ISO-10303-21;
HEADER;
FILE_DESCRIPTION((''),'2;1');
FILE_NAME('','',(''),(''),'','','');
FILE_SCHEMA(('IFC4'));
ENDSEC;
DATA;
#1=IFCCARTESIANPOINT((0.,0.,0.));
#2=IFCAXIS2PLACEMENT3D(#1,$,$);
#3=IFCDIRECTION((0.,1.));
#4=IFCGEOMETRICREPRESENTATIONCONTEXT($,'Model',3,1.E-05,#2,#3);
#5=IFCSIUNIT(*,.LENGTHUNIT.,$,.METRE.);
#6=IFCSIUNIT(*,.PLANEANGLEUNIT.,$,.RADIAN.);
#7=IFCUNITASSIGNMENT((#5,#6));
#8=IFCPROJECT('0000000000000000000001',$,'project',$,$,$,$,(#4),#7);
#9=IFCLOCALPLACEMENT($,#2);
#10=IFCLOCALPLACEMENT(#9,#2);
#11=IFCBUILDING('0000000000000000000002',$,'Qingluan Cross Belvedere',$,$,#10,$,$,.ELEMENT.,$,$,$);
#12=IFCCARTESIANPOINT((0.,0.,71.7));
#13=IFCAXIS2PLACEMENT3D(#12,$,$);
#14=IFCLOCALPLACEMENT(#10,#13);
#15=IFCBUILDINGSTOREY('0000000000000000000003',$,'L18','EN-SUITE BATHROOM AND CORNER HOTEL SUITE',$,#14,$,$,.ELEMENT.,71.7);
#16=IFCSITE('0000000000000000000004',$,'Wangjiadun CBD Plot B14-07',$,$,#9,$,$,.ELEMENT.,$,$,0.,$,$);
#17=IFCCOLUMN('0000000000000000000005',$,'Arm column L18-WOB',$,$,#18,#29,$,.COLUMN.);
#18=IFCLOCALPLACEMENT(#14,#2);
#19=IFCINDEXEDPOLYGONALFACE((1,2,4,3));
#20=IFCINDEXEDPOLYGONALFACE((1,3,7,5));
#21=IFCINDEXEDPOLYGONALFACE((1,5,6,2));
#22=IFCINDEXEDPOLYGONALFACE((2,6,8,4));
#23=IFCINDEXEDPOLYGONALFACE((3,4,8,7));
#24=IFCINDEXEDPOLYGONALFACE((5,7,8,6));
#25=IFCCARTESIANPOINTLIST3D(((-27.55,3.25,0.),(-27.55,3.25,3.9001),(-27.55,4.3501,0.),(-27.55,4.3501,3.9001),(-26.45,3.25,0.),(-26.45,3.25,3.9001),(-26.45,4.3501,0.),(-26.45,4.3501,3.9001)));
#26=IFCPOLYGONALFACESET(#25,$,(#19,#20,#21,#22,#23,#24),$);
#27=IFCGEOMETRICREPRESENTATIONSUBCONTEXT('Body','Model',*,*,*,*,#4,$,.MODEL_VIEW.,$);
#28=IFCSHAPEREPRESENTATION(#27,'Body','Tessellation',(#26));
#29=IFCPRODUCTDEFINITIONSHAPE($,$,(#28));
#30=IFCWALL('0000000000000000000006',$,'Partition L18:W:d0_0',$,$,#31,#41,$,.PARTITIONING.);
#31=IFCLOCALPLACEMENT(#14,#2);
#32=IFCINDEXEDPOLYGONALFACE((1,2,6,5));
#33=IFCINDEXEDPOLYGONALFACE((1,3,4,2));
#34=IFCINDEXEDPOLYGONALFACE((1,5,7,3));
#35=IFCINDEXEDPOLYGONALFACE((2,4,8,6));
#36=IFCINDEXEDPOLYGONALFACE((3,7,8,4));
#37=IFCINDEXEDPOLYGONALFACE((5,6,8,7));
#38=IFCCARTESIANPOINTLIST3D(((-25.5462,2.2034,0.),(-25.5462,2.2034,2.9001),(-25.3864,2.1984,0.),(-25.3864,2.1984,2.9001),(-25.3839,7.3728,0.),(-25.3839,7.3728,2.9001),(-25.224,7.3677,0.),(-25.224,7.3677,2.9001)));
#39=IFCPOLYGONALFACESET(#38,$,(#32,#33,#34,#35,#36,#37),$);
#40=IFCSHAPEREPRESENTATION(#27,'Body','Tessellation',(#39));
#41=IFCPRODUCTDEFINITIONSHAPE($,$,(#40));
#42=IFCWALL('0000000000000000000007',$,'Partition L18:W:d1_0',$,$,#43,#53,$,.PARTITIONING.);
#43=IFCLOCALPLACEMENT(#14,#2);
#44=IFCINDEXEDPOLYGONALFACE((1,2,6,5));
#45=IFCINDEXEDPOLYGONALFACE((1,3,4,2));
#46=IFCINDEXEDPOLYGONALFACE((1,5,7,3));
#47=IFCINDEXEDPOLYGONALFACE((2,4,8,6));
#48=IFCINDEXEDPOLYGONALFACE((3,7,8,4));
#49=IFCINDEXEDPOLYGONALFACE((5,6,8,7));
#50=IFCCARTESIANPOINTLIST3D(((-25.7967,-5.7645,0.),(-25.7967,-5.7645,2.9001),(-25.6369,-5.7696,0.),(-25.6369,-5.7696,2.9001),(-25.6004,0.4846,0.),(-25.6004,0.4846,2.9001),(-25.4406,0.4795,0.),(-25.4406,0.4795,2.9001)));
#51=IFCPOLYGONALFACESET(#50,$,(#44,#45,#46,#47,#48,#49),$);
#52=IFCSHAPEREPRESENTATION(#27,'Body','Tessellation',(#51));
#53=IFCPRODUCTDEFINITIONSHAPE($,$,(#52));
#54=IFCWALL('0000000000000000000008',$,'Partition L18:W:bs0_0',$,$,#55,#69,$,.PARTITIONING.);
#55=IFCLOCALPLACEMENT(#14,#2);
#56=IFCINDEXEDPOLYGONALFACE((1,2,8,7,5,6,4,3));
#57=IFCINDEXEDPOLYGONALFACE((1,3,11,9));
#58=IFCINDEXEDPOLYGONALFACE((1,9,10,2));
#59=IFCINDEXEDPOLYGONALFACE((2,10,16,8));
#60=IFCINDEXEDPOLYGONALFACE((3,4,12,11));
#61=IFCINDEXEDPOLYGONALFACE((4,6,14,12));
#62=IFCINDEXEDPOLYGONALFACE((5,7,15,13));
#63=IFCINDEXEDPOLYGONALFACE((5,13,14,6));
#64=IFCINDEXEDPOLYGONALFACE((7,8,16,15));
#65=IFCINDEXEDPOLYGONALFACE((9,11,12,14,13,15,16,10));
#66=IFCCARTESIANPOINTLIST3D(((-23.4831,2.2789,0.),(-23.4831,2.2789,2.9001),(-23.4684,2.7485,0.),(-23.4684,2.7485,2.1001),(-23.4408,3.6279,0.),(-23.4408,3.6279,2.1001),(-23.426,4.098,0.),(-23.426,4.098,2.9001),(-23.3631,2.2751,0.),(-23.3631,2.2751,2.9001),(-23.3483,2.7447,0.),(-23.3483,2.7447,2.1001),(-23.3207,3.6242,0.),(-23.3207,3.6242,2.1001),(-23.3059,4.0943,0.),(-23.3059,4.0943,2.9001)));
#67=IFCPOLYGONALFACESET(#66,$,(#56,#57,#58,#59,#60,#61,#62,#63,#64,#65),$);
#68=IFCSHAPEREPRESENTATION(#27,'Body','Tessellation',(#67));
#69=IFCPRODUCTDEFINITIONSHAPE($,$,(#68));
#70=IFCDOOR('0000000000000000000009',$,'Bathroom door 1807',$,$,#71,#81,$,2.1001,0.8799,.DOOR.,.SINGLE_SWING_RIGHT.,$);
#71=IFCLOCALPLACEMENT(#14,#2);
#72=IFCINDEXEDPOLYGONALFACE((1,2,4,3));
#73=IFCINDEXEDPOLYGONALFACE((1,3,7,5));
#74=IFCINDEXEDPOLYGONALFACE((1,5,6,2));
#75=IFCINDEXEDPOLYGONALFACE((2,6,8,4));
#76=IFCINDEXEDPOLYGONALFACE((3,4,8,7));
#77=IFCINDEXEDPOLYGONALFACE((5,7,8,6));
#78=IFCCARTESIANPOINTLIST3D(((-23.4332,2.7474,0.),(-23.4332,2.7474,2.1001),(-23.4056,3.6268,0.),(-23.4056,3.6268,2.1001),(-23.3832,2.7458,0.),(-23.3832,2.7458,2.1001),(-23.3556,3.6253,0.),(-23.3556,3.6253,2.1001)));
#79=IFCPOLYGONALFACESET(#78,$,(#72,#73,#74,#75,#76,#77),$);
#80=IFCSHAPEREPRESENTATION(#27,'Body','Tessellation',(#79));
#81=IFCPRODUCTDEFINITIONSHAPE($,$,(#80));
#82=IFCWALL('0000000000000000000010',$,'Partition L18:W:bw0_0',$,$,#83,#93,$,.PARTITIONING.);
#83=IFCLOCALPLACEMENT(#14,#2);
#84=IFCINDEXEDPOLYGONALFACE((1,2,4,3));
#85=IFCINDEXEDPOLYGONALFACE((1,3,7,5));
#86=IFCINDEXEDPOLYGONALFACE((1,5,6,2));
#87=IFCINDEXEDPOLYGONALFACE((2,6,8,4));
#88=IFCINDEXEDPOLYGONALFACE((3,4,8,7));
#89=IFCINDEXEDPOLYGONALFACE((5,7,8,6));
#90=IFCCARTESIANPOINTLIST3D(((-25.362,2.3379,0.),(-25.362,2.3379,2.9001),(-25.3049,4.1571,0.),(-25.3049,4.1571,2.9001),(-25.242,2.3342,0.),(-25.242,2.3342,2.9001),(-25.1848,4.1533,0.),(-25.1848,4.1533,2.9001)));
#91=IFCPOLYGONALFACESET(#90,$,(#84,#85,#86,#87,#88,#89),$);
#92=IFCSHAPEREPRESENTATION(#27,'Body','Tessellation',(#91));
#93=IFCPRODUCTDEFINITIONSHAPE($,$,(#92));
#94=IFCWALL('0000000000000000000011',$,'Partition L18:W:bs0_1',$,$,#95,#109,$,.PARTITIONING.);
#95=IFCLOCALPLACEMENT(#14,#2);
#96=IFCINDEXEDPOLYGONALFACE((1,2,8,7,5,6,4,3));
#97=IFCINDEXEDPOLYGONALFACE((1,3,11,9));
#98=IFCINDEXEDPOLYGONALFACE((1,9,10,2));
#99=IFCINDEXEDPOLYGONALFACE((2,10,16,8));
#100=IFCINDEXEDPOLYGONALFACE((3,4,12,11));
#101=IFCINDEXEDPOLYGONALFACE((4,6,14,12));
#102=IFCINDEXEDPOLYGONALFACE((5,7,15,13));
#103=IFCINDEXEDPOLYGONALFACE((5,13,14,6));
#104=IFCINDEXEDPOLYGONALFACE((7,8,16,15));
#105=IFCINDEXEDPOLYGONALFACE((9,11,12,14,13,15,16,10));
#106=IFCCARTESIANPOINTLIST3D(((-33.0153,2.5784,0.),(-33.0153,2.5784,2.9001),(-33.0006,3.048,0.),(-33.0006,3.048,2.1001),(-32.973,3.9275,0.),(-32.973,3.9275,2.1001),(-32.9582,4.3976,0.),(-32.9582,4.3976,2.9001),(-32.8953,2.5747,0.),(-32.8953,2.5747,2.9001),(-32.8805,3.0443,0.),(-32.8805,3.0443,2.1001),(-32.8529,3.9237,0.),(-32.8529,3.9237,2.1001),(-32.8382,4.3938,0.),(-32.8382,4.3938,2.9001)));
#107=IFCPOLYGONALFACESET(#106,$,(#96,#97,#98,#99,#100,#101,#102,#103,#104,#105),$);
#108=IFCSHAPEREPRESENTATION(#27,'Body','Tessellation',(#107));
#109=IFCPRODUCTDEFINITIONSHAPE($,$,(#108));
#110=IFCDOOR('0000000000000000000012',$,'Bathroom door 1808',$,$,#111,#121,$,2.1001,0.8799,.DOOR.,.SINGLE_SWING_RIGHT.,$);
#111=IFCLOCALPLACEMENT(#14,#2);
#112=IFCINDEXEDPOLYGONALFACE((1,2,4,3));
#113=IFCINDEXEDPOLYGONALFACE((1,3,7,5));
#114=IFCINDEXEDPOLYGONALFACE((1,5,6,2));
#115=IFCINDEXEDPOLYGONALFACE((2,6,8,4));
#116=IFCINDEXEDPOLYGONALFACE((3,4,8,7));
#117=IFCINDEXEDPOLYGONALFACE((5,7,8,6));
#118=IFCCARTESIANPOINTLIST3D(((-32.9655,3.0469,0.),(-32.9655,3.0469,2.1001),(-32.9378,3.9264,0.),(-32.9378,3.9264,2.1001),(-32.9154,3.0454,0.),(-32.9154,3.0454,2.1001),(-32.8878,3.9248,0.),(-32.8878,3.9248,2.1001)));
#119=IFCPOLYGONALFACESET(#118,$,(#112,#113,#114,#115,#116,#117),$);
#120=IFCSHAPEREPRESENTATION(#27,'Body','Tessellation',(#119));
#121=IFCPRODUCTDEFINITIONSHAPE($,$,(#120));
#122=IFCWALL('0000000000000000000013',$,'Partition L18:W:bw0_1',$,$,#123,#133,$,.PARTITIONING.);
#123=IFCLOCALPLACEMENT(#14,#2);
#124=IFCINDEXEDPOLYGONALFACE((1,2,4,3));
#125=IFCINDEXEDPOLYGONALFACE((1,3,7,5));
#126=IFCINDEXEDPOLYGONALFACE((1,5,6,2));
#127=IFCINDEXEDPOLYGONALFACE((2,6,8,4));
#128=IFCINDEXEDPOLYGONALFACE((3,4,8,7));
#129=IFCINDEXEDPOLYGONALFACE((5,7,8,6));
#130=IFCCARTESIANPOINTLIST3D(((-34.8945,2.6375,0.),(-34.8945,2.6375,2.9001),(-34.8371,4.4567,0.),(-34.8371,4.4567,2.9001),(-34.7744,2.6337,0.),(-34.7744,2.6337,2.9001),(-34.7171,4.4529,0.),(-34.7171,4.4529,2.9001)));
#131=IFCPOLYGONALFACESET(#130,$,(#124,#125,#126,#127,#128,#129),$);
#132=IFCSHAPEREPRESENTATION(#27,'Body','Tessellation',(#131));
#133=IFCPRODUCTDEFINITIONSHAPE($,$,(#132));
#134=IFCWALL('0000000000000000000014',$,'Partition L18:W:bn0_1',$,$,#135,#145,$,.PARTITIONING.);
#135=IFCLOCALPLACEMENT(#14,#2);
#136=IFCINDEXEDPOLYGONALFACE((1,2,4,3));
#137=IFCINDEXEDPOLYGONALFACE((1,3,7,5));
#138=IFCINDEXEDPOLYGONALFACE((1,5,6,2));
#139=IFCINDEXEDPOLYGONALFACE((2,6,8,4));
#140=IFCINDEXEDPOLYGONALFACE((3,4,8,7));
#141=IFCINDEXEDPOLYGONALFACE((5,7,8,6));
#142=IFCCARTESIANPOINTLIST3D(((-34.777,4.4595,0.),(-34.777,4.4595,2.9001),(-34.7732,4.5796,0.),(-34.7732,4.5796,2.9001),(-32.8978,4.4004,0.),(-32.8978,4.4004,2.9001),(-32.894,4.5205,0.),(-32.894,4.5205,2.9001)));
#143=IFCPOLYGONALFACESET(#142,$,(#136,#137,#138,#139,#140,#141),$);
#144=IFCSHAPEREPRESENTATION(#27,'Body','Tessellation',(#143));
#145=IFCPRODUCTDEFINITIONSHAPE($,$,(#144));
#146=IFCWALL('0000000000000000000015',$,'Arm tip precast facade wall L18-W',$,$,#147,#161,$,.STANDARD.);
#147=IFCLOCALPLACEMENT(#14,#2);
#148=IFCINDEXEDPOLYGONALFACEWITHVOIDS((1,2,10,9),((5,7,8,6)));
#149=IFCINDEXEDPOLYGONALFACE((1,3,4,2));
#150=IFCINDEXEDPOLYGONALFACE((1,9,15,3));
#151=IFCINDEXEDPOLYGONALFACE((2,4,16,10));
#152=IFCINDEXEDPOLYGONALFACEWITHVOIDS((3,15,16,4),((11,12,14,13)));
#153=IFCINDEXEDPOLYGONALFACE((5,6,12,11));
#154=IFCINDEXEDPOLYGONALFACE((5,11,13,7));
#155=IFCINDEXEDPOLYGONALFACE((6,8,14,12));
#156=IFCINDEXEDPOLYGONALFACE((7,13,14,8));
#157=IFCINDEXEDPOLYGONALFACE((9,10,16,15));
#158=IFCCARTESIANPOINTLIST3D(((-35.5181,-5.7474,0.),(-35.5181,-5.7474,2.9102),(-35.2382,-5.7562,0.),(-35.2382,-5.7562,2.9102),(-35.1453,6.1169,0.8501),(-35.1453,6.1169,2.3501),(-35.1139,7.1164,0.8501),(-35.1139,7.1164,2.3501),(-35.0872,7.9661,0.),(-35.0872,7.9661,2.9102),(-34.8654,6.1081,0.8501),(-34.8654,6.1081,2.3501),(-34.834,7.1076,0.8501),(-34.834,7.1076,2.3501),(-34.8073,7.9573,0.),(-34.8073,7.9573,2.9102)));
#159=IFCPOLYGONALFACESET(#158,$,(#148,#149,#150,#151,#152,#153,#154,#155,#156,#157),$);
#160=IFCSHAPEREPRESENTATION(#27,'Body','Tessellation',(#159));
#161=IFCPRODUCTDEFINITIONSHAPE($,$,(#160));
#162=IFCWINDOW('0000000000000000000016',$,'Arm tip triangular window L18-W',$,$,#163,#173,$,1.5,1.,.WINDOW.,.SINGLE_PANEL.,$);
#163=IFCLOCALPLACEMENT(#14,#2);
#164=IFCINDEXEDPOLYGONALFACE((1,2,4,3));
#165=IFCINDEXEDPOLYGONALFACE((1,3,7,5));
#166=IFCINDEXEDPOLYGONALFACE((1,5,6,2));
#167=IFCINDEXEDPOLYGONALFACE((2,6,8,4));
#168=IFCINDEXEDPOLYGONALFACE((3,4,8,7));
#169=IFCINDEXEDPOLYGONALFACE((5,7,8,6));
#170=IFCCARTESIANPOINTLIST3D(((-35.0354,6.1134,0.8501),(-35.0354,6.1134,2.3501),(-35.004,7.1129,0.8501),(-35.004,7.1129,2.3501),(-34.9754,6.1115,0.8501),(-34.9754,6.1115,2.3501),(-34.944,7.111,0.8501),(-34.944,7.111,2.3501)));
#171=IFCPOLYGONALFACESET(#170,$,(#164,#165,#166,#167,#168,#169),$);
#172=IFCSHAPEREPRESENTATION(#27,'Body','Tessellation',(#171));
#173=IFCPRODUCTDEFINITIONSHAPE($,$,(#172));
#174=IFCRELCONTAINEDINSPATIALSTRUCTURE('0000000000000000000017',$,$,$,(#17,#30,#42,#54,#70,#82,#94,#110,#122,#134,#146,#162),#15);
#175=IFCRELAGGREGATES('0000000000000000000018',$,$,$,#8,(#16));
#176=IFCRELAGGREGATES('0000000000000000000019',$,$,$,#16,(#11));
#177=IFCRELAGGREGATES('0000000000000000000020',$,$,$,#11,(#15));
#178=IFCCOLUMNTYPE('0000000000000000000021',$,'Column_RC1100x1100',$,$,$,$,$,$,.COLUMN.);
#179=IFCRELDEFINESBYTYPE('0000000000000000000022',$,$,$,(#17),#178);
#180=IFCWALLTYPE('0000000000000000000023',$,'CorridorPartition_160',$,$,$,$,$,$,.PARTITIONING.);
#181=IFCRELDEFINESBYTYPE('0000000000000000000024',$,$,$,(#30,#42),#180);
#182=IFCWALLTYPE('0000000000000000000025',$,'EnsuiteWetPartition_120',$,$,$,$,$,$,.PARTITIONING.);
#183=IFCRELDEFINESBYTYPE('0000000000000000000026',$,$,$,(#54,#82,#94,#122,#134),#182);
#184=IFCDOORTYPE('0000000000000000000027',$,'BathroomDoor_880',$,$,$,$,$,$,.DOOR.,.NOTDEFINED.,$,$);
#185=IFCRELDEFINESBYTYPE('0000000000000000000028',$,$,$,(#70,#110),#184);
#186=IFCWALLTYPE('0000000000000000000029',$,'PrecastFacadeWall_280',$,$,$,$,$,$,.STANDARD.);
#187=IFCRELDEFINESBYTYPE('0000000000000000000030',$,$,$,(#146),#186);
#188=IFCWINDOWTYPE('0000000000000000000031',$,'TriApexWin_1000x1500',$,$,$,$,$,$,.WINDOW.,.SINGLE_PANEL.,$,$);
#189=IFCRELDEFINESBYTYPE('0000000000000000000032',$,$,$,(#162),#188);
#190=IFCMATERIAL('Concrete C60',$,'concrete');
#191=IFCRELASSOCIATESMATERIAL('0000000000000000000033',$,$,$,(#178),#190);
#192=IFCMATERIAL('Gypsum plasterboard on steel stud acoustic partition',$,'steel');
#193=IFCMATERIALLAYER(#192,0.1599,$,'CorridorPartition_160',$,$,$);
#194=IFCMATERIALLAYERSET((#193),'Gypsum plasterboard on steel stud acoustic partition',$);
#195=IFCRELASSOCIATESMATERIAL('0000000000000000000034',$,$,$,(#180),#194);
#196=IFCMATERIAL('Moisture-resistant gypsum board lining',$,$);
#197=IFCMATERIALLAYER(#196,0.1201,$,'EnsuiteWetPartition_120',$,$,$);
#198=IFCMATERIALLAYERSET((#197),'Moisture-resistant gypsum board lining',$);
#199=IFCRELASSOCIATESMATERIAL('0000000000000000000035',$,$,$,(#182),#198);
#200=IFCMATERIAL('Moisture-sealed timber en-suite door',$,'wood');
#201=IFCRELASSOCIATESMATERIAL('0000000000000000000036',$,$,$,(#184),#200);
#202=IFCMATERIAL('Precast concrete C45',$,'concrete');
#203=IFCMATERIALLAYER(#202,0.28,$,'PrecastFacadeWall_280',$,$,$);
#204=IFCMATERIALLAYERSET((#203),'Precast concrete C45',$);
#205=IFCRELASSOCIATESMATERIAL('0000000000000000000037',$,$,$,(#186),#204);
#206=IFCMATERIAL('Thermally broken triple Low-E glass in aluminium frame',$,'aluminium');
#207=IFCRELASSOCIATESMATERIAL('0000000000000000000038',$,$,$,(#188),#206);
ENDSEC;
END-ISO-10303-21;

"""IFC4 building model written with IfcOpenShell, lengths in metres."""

from ifc_helpers import new_model, si_unit, direction, frame, frame_2d, origin, origin_2d, place, context, subcontext, project, spatial, rectangle, extrude, material, layer, layer_set, material_profile, profile_set, type_object, element, fill, save


model = new_model("IFC4")

# Units and contexts
model_context = context("Model", 3, precision=1e-05, world=origin(), true_north=direction((0.0, 1.0)))
body_context = subcontext(model_context, "Body", "Model", "MODEL_VIEW")
ifc_project = project(units=[si_unit("LENGTHUNIT", "METRE"), si_unit("PLANEANGLEUNIT", "RADIAN")], contexts=[model_context])

# Site, building, storey
site_placement = place(None, origin())
site = spatial("IfcSite", under=ifc_project, at=site_placement, Name="Wangjiadun CBD Plot B14-07", CompositionType="ELEMENT", RefElevation=0.0)
building_placement = place(site_placement, origin())
building = spatial("IfcBuilding", under=site, at=building_placement, Name="Qingluan Cross Belvedere", CompositionType="ELEMENT")
storey_placement = place(building_placement, frame((0.0, 0.0, 71.7)))
storey = spatial("IfcBuildingStorey", under=building, at=storey_placement, Name="L18", Description="EN-SUITE BATHROOM AND CORNER HOTEL SUITE", CompositionType="ELEMENT", Elevation=71.7)

# Column
ifc_material_1 = material(Name="Concrete C60", Category="concrete")
ifc_material_profile = material_profile(ifc_material_1, rectangle(XDim=1.1001, YDim=1.1001, at=origin_2d()), Name="RC1100x1100")
ifc_profile_set = profile_set([ifc_material_profile], Name="Concrete C60")
column_type = type_object("IfcColumnType", Name="Column_RC1100x1100", PredefinedType="COLUMN", material=ifc_profile_set)
column_placement = place(storey_placement, frame((-27.0, 3.8, 0.0), z_axis=(0.0, 0.0, 1.0), x_axis=(1.0, 0.0, 0.0)))
element("IfcColumn", 1, at=column_placement, inside=storey, type_object=column_type, Name="Arm column L18-WOB", PredefinedType="COLUMN", context=body_context, shape_type="SweptSolid", body=[
    extrude(rectangle(XDim=1.1001, YDim=1.1001, at=origin_2d()), origin(), (0.0, 0.0, 1.0), 3.9001),
])

# Walls
ifc_material_2 = material(Name="Gypsum plasterboard on steel stud acoustic partition", Category="steel")
ifc_layer_1 = layer(ifc_material_2, 0.1599, Name="CorridorPartition_160")
ifc_layer_set_1 = layer_set([ifc_layer_1], Name="Gypsum plasterboard on steel stud acoustic partition")
wall_type_1 = type_object("IfcWallType", Name="CorridorPartition_160", PredefinedType="PARTITIONING", material=ifc_layer_set_1)
wall_1_placement = place(storey_placement, frame((-25.4663, 2.2009, 0.0), z_axis=(0.0, 0.0, 1.0), x_axis=(0.031391, 0.999507, 0.0)))
element("IfcWall", 2, at=wall_1_placement, inside=storey, type_object=wall_type_1, Name="Partition L18:W:d0_0", PredefinedType="PARTITIONING", context=body_context, shape_type="SweptSolid", body=[
    extrude(rectangle(XDim=5.1719, YDim=0.1599, at=frame_2d((2.5859, 0.0))), origin(), (0.0, 0.0, 1.0), 2.9001),
])
wall_2_placement = place(storey_placement, frame((-25.5205, 0.4819, 0.0), z_axis=(0.0, 0.0, 1.0), x_axis=(-0.031396, -0.999507, 0.0)))
element("IfcWall", 3, at=wall_2_placement, inside=storey, type_object=wall_type_1, Name="Partition L18:W:d1_0", PredefinedType="PARTITIONING", context=body_context, shape_type="SweptSolid", body=[
    extrude(rectangle(XDim=6.2522, YDim=0.1599, at=frame_2d((3.126, 0.0))), origin(), (0.0, 0.0, 1.0), 2.9001),
])

# Wall, opening, door
ifc_material_3 = material(Name="Moisture-resistant gypsum board lining")
ifc_layer_2 = layer(ifc_material_3, 0.1201, Name="EnsuiteWetPartition_120")
ifc_layer_set_2 = layer_set([ifc_layer_2], Name="Moisture-resistant gypsum board lining")
wall_type_2 = type_object("IfcWallType", Name="EnsuiteWetPartition_120", PredefinedType="PARTITIONING", material=ifc_layer_set_2)
wall_3_placement = place(storey_placement, frame((-23.4231, 2.2769, 0.0), z_axis=(0.0, 0.0, 1.0), x_axis=(0.03139, 0.999507, 0.0)))
wall_3 = element("IfcWall", 4, at=wall_3_placement, inside=storey, type_object=wall_type_2, Name="Partition L18:W:bs0_0", PredefinedType="PARTITIONING", context=body_context, shape_type="SweptSolid", body=[
    extrude(rectangle(XDim=1.8201, YDim=0.1201, at=frame_2d((0.9102, 0.0))), origin(), (0.0, 0.0, 1.0), 2.9001),
])
opening_1_placement = place(wall_3_placement, frame((0.47, 0.0, 0.0)))
opening_1 = element("IfcOpeningElement", 5, at=opening_1_placement, cuts=wall_3, PredefinedType="OPENING", context=body_context, shape_type="SweptSolid", body=[
    extrude(rectangle(XDim=0.8799, YDim=2.1001, at=frame_2d((0.4399, 1.05))), frame((0.0, 0.0701, 0.0), z_axis=(0.0, -1.0, 0.0), x_axis=(1.0, 0.0, 0.0)), (0.0, 0.0, 1.0), 0.1401),
])
ifc_material_4 = material(Name="Moisture-sealed timber en-suite door", Category="wood")
door_type = type_object("IfcDoorType", Name="BathroomDoor_880", OperationType="NOTDEFINED", PredefinedType="DOOR", material=ifc_material_4)
door_1_placement = place(opening_1_placement, origin())
door_1 = element("IfcDoor", 6, at=door_1_placement, inside=storey, type_object=door_type, Name="Bathroom door 1807", OperationType="SINGLE_SWING_RIGHT", OverallHeight=2.1001, OverallWidth=0.8799, PredefinedType="DOOR", context=body_context, shape_type="SweptSolid", body=[
    extrude(rectangle(XDim=0.8799, YDim=2.1001, at=frame_2d((0.4399, 1.05))), frame((0.0, 0.0249, 0.0), z_axis=(0.0, -1.0, 0.0), x_axis=(1.0, 0.0, 0.0)), (0.0, 0.0, 1.0), 0.05),
])
fill(opening_1, door_1)

# Wall
wall_4_placement = place(storey_placement, frame((-25.302, 2.3359, 0.0), z_axis=(0.0, 0.0, 1.0), x_axis=(0.03139, 0.999507, 0.0)))
element("IfcWall", 7, at=wall_4_placement, inside=storey, type_object=wall_type_2, Name="Partition L18:W:bw0_0", PredefinedType="PARTITIONING", context=body_context, shape_type="SweptSolid", body=[
    extrude(rectangle(XDim=1.8201, YDim=0.1201, at=frame_2d((0.9102, 0.0))), origin(), (0.0, 0.0, 1.0), 2.9001),
])

# Wall, opening, door
wall_5_placement = place(storey_placement, frame((-32.9553, 2.5764, 0.0), z_axis=(0.0, 0.0, 1.0), x_axis=(0.03139, 0.999507, 0.0)))
wall_5 = element("IfcWall", 8, at=wall_5_placement, inside=storey, type_object=wall_type_2, Name="Partition L18:W:bs0_1", PredefinedType="PARTITIONING", context=body_context, shape_type="SweptSolid", body=[
    extrude(rectangle(XDim=1.8201, YDim=0.1201, at=frame_2d((0.9102, 0.0))), origin(), (0.0, 0.0, 1.0), 2.9001),
])
opening_2_placement = place(wall_5_placement, frame((0.47, 0.0, 0.0)))
opening_2 = element("IfcOpeningElement", 9, at=opening_2_placement, cuts=wall_5, PredefinedType="OPENING", context=body_context, shape_type="SweptSolid", body=[
    extrude(rectangle(XDim=0.8799, YDim=2.1001, at=frame_2d((0.4399, 1.05))), frame((0.0, 0.0701, 0.0), z_axis=(0.0, -1.0, 0.0), x_axis=(1.0, 0.0, 0.0)), (0.0, 0.0, 1.0), 0.1401),
])
door_2_placement = place(opening_2_placement, origin())
door_2 = element("IfcDoor", 10, at=door_2_placement, inside=storey, type_object=door_type, Name="Bathroom door 1808", OperationType="SINGLE_SWING_RIGHT", OverallHeight=2.1001, OverallWidth=0.8799, PredefinedType="DOOR", context=body_context, shape_type="SweptSolid", body=[
    extrude(rectangle(XDim=0.8799, YDim=2.1001, at=frame_2d((0.4399, 1.05))), frame((0.0, 0.0249, 0.0), z_axis=(0.0, -1.0, 0.0), x_axis=(1.0, 0.0, 0.0)), (0.0, 0.0, 1.0), 0.05),
])
fill(opening_2, door_2)

# Walls
wall_6_placement = place(storey_placement, frame((-34.8345, 2.6355, 0.0), z_axis=(0.0, 0.0, 1.0), x_axis=(0.031524, 0.999503, 0.0)))
element("IfcWall", 11, at=wall_6_placement, inside=storey, type_object=wall_type_2, Name="Partition L18:W:bw0_1", PredefinedType="PARTITIONING", context=body_context, shape_type="SweptSolid", body=[
    extrude(rectangle(XDim=1.8201, YDim=0.1201, at=frame_2d((0.9102, 0.0))), origin(), (0.0, 0.0, 1.0), 2.9001),
])
wall_7_placement = place(storey_placement, frame((-32.896, 4.4604, 0.0), z_axis=(0.0, 0.0, 1.0), x_axis=(-0.999506, 0.031425, 0.0)))
element("IfcWall", 12, at=wall_7_placement, inside=storey, type_object=wall_type_2, Name="Partition L18:W:bn0_1", PredefinedType="PARTITIONING", context=body_context, shape_type="SweptSolid", body=[
    extrude(rectangle(XDim=1.8801, YDim=0.1201, at=frame_2d((0.9399, 0.0))), origin(), (0.0, 0.0, 1.0), 2.9001),
])

# Wall, opening, window
ifc_material_5 = material(Name="Precast concrete C45", Category="concrete")
ifc_layer_3 = layer(ifc_material_5, 0.28, Name="PrecastFacadeWall_280")
ifc_layer_set_3 = layer_set([ifc_layer_3], Name="Precast concrete C45")
wall_type_3 = type_object("IfcWallType", Name="PrecastFacadeWall_280", PredefinedType="STANDARD", material=ifc_layer_set_3)
wall_8_placement = place(storey_placement, frame((-34.9473, 7.9617, 0.0), z_axis=(0.0, 0.0, 1.0), x_axis=(-0.031407, -0.999507, 0.0)))
wall_8 = element("IfcWall", 13, at=wall_8_placement, inside=storey, type_object=wall_type_3, Name="Arm tip precast facade wall L18-W", PredefinedType="STANDARD", context=body_context, shape_type="SweptSolid", body=[
    extrude(rectangle(XDim=13.7202, YDim=0.28, at=frame_2d((6.8601, 0.0))), origin(), (0.0, 0.0, 1.0), 2.9102),
])
opening_3_placement = place(wall_8_placement, frame((0.8501, 0.0, 0.8501)))
opening_3 = element("IfcOpeningElement", 14, at=opening_3_placement, cuts=wall_8, PredefinedType="OPENING", context=body_context, shape_type="SweptSolid", body=[
    extrude(rectangle(XDim=1.0, YDim=1.5, at=frame_2d((0.5, 0.75))), frame((0.0, 0.1499, 0.0), z_axis=(0.0, -1.0, 0.0), x_axis=(1.0, 0.0, 0.0)), (0.0, 0.0, 1.0), 0.3),
])
ifc_material_6 = material(Name="Thermally broken triple Low-E glass in aluminium frame", Category="aluminium")
window_type = type_object("IfcWindowType", Name="TriApexWin_1000x1500", PartitioningType="SINGLE_PANEL", PredefinedType="WINDOW", material=ifc_material_6)
window_placement = place(opening_3_placement, origin())
window = element("IfcWindow", 15, at=window_placement, inside=storey, type_object=window_type, Name="Arm tip triangular window L18-W", OverallHeight=1.5, OverallWidth=1.0, PartitioningType="SINGLE_PANEL", PredefinedType="WINDOW", context=body_context, shape_type="SweptSolid", body=[
    extrude(rectangle(XDim=1.0, YDim=1.5, at=frame_2d((0.5, 0.75))), frame((0.0, 0.03, 0.0), z_axis=(0.0, -1.0, 0.0), x_axis=(1.0, 0.0, 0.0)), (0.0, 0.0, 1.0), 0.0601),
])
fill(opening_3, window)

save(model, "model.ifc")
